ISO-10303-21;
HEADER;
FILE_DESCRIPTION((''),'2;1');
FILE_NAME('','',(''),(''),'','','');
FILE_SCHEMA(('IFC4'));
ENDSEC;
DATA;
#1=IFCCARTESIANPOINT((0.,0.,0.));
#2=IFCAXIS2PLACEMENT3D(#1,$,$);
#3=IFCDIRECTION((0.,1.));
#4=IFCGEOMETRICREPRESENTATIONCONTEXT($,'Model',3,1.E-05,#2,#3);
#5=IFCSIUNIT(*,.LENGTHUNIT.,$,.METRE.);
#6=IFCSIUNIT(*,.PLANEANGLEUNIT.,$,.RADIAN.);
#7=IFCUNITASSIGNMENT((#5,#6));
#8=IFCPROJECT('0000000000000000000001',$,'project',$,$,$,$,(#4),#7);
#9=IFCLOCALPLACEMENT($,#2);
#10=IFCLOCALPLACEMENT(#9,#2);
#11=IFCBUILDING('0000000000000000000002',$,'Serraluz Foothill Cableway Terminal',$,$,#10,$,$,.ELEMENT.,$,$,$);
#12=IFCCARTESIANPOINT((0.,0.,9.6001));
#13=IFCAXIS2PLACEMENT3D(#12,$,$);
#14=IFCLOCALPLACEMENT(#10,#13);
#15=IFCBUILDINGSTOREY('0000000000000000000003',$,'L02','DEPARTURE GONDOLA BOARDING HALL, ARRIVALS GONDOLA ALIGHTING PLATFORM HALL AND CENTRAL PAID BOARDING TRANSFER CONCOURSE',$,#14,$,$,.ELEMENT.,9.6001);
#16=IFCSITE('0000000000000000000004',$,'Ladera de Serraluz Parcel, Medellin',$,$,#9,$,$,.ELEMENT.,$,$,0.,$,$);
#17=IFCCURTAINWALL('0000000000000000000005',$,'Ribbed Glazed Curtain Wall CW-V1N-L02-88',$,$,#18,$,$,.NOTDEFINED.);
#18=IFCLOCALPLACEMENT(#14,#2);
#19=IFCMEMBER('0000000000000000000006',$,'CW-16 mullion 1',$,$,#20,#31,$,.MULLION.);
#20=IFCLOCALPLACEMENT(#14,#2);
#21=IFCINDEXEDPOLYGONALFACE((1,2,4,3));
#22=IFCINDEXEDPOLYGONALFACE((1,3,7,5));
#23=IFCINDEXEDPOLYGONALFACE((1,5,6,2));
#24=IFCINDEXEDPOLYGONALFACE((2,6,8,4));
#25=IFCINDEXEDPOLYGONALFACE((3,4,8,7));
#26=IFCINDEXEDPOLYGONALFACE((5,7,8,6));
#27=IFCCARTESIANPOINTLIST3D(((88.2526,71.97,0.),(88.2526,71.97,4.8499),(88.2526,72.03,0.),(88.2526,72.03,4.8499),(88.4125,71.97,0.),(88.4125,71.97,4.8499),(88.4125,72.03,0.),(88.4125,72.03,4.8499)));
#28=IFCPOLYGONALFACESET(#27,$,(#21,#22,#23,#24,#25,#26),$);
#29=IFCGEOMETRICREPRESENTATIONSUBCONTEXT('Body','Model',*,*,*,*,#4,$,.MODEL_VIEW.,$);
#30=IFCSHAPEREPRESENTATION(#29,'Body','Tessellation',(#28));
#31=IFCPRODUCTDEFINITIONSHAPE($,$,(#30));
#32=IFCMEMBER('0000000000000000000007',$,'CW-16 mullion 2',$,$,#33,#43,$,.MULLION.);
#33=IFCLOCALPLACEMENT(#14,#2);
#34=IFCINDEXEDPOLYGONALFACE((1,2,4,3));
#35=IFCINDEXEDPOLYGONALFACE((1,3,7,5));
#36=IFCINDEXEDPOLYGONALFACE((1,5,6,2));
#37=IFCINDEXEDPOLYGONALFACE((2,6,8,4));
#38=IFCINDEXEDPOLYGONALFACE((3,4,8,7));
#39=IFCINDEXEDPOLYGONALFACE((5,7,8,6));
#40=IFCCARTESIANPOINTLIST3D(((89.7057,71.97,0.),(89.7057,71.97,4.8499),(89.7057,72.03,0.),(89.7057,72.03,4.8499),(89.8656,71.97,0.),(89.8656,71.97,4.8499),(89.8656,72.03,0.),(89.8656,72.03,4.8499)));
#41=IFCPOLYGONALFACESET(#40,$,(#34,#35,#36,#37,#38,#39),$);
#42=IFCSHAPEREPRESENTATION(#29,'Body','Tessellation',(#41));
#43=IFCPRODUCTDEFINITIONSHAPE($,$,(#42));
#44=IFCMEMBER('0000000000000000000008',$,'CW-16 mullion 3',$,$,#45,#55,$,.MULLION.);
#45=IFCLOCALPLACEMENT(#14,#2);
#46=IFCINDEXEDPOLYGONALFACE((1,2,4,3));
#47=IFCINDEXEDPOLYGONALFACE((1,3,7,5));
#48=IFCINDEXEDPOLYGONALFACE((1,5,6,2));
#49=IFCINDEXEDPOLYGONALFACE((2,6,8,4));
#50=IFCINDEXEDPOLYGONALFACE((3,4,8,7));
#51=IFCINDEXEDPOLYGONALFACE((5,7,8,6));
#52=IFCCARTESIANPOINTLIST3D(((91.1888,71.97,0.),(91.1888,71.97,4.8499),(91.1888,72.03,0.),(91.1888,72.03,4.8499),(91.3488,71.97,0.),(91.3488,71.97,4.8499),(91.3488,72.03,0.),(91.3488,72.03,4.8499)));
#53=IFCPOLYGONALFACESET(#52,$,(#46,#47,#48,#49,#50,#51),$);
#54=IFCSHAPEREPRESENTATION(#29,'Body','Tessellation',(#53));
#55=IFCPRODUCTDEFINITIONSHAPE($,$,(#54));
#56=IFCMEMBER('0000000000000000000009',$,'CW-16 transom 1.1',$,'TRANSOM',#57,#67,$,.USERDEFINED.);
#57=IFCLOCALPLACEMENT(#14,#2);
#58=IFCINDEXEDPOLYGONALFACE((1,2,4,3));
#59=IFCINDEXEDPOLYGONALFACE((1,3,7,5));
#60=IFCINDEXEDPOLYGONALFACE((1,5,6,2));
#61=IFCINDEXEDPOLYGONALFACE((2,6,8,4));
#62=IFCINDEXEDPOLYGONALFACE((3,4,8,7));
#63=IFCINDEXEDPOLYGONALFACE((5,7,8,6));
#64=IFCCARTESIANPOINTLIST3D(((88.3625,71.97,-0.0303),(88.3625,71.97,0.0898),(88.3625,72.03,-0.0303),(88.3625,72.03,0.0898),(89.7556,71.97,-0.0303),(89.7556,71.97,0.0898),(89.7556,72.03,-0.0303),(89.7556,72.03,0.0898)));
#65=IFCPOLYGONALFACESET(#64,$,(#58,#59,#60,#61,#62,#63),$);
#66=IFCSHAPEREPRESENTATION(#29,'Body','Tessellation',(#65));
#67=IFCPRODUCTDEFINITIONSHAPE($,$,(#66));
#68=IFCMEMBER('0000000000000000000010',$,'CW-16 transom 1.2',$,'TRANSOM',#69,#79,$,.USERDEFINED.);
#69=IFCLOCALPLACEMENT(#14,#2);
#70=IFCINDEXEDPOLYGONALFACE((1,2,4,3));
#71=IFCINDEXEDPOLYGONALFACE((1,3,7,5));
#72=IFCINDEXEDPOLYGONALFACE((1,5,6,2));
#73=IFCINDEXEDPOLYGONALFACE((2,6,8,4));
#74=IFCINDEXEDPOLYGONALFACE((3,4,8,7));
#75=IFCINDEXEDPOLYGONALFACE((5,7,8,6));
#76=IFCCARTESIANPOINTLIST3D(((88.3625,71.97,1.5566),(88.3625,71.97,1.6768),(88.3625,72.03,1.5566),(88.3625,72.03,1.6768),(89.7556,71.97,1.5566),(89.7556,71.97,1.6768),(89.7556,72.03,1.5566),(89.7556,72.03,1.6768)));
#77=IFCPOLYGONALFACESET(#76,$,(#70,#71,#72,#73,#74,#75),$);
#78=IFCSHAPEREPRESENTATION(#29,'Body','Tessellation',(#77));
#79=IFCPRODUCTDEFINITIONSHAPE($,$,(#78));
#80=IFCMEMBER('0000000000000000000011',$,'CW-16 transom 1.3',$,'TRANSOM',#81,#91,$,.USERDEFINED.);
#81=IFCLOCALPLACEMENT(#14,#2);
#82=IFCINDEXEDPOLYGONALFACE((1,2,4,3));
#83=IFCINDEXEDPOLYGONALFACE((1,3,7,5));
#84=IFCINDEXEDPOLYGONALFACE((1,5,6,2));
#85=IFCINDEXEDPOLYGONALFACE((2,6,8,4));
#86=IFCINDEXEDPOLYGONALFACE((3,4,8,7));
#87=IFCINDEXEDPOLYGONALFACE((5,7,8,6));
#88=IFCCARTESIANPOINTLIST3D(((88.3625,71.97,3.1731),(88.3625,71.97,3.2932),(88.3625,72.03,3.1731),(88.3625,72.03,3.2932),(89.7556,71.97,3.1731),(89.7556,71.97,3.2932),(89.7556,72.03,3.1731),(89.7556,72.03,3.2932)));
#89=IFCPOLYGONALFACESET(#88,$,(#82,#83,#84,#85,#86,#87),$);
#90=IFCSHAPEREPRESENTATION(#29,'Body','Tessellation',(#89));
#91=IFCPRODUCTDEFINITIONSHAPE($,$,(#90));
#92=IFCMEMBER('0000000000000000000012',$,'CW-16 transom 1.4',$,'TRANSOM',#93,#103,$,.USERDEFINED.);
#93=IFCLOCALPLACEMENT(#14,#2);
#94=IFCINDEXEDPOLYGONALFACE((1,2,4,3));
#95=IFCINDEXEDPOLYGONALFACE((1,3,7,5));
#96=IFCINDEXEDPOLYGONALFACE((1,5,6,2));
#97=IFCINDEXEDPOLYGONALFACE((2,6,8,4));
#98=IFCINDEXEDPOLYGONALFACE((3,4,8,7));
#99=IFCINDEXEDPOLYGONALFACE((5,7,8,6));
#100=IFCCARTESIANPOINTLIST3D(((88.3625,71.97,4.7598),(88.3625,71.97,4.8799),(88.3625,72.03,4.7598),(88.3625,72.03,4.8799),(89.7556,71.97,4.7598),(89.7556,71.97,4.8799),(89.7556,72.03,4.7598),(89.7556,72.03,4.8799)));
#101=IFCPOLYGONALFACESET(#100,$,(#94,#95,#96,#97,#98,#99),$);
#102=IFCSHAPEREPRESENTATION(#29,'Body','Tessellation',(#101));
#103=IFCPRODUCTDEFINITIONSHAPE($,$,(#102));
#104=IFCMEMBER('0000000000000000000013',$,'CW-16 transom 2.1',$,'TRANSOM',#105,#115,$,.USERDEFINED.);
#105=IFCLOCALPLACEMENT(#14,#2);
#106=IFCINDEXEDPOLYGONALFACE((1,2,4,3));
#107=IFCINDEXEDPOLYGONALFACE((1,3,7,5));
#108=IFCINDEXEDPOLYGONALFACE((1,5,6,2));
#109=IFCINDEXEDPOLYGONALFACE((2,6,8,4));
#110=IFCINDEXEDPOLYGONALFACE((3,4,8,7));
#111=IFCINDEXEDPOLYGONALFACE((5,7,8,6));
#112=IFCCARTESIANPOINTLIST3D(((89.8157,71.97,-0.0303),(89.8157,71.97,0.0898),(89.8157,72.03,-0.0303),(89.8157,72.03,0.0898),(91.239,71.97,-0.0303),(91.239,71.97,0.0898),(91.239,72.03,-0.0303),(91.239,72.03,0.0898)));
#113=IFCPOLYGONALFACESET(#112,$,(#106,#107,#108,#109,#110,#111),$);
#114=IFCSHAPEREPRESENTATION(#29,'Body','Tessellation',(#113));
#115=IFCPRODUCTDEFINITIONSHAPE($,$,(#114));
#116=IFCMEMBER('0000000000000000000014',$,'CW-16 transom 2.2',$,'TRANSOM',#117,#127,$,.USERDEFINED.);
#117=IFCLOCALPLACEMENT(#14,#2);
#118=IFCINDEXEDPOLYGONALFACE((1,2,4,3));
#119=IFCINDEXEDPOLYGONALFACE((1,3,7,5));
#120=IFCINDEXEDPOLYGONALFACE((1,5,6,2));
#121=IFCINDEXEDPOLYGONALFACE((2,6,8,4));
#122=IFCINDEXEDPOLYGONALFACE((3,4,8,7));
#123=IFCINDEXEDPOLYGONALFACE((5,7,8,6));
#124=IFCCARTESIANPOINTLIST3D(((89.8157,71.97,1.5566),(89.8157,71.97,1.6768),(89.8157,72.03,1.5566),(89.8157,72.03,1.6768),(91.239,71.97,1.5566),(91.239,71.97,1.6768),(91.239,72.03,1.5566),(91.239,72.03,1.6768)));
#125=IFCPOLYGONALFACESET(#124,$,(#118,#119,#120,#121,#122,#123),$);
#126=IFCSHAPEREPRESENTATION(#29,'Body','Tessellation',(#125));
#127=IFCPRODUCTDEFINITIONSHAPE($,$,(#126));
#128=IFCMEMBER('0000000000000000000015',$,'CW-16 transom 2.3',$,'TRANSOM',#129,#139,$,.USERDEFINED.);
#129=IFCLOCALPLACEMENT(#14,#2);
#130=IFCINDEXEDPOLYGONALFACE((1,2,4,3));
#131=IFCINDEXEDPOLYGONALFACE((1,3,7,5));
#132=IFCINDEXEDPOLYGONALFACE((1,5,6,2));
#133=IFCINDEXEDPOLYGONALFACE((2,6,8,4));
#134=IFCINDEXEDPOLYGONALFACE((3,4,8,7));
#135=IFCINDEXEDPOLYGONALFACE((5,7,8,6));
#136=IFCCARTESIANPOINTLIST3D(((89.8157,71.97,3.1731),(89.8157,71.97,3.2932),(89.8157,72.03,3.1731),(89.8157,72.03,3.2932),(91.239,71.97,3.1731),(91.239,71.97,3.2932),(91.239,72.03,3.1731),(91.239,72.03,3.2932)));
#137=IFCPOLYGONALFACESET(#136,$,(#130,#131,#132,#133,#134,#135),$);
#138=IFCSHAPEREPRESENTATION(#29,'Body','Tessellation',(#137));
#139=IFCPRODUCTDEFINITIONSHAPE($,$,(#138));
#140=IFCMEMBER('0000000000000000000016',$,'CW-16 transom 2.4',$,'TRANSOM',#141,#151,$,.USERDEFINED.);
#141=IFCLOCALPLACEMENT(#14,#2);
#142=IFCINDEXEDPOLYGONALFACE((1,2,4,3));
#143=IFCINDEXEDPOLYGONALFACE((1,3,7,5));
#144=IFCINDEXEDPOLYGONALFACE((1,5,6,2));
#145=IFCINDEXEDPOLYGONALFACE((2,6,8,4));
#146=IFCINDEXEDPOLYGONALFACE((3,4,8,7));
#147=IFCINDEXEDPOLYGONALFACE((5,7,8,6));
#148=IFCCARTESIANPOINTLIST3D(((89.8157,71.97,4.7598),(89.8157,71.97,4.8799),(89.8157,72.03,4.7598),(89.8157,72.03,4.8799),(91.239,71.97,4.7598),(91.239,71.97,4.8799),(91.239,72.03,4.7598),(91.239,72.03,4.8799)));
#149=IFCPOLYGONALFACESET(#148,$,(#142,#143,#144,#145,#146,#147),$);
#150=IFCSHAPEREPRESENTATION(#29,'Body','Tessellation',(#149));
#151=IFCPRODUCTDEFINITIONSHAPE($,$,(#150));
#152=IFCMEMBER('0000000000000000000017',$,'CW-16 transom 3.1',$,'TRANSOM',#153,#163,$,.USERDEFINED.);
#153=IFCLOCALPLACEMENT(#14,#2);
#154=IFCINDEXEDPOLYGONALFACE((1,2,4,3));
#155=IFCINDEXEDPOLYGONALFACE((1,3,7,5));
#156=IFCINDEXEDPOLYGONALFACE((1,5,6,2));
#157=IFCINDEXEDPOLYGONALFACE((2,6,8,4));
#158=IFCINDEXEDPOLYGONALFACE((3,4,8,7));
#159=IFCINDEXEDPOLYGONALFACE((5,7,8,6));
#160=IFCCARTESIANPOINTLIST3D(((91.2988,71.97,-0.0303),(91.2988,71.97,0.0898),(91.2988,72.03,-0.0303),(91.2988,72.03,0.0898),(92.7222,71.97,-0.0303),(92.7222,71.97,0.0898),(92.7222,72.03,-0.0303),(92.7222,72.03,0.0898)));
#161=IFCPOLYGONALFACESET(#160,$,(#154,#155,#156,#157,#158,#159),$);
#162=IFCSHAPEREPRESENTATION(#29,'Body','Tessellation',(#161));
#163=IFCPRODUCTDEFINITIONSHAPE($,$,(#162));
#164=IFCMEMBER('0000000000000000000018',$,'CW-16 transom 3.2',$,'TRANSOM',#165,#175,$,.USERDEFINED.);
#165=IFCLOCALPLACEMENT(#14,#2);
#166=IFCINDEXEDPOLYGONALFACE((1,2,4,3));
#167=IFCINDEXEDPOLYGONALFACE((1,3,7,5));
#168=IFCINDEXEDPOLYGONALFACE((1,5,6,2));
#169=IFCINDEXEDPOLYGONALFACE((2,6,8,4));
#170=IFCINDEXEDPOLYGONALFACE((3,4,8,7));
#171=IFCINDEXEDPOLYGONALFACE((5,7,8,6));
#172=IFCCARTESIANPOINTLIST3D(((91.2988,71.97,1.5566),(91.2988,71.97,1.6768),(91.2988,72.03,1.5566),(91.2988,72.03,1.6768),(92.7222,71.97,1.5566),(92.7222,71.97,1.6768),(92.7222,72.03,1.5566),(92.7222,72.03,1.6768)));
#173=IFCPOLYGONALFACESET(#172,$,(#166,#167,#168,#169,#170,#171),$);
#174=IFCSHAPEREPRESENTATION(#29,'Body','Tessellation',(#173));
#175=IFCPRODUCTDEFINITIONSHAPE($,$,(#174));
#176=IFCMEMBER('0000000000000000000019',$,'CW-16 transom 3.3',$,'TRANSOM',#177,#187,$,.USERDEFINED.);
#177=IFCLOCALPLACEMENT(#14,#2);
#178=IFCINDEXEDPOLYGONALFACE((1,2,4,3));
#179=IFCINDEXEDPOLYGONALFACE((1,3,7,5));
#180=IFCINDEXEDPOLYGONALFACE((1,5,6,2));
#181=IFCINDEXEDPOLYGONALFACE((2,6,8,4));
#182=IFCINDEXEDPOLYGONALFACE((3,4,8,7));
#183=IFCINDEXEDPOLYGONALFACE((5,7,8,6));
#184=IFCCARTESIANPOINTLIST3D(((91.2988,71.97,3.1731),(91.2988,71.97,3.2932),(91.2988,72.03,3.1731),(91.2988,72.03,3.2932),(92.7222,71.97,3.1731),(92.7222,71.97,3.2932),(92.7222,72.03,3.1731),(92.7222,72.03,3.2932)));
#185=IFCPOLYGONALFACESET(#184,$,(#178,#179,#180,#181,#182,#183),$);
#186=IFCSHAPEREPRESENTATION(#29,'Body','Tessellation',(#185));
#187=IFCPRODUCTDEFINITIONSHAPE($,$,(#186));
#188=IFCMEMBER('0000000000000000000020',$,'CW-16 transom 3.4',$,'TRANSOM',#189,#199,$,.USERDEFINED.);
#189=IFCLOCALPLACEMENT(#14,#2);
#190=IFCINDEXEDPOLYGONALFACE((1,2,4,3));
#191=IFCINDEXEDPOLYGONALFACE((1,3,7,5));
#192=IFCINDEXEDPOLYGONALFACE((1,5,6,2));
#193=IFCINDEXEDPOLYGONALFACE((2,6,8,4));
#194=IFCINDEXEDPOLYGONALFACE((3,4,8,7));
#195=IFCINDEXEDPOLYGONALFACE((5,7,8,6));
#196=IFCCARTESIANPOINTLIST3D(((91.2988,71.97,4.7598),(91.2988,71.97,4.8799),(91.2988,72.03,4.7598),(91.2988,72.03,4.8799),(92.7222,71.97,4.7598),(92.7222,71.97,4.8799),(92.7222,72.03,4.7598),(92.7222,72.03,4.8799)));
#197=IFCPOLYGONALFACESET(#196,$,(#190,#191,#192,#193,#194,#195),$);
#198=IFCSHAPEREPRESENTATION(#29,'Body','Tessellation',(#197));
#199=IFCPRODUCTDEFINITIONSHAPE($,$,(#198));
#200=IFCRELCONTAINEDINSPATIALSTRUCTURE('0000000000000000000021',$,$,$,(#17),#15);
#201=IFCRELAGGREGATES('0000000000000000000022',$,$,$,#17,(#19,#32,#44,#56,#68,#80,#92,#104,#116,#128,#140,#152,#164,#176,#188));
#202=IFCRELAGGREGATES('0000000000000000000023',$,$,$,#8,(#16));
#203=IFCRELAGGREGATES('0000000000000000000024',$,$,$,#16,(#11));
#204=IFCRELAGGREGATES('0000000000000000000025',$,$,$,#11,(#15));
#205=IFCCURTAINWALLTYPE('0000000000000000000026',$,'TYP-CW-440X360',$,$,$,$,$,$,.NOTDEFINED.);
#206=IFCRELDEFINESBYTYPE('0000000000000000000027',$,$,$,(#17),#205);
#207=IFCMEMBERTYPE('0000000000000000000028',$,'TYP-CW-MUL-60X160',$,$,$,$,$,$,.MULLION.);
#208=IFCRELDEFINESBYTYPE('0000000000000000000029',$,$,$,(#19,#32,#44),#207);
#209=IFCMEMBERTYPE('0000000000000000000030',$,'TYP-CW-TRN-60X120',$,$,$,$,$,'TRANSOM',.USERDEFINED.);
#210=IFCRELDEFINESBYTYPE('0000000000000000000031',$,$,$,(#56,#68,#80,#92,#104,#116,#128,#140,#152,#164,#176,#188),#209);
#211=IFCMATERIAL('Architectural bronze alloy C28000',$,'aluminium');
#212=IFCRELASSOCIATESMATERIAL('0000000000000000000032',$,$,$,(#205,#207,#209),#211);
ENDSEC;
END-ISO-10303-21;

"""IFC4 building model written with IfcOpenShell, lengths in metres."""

from ifc_helpers import new_model, si_unit, direction, frame, origin, origin_2d, place, context, subcontext, project, spatial, rectangle, extrude, material, material_profile, profile_set, type_object, element, aggregate, save


model = new_model("IFC4")

# Units and contexts
model_context = context("Model", 3, precision=1e-05, world=origin(), true_north=direction((0.0, 1.0)))
body_context = subcontext(model_context, "Body", "Model", "MODEL_VIEW")
ifc_project = project(units=[si_unit("LENGTHUNIT", "METRE"), si_unit("PLANEANGLEUNIT", "RADIAN")], contexts=[model_context])

# Site, building, storey
site_placement = place(None, origin())
site = spatial("IfcSite", under=ifc_project, at=site_placement, Name="Ladera de Serraluz Parcel, Medellin", CompositionType="ELEMENT", RefElevation=0.0)
building_placement = place(site_placement, origin())
building = spatial("IfcBuilding", under=site, at=building_placement, Name="Serraluz Foothill Cableway Terminal", CompositionType="ELEMENT")
storey_placement = place(building_placement, frame((0.0, 0.0, 9.6001)))
storey = spatial("IfcBuildingStorey", under=building, at=storey_placement, Name="L02", Description="DEPARTURE GONDOLA BOARDING HALL, ARRIVALS GONDOLA ALIGHTING PLATFORM HALL AND CENTRAL PAID BOARDING TRANSFER CONCOURSE", CompositionType="ELEMENT", Elevation=9.6001)

# Curtain wall, members
ifc_material_1 = material(Name="Architectural bronze alloy C28000", Category="aluminium")
curtain_wall_type = type_object("IfcCurtainWallType", Name="TYP-CW-440X360", PredefinedType="NOTDEFINED", material=ifc_material_1)
curtain_wall_placement = place(storey_placement, origin())
curtain_wall = element("IfcCurtainWall", 1, at=curtain_wall_placement, inside=storey, type_object=curtain_wall_type, Name="Ribbed Glazed Curtain Wall CW-V1N-L02-88", PredefinedType="NOTDEFINED")
ifc_material_profile_1 = material_profile(ifc_material_1, rectangle(XDim=0.0601, YDim=0.1599, at=origin_2d()), Name="ALU MULLION 60x160")
ifc_profile_set_1 = profile_set([ifc_material_profile_1], Name="Architectural bronze alloy C28000")
member_type_1 = type_object("IfcMemberType", Name="TYP-CW-MUL-60X160", PredefinedType="MULLION", material=ifc_profile_set_1)
member_1_placement = place(storey_placement, frame((88.3325, 72.0, 0.0), z_axis=(0.0, 0.0, 1.0), x_axis=(0.0, 1.0, 0.0)))
member_1 = element("IfcMember", 2, at=member_1_placement, type_object=member_type_1, Name="CW-16 mullion 1", PredefinedType="MULLION", context=body_context, shape_type="SweptSolid", body=[
    extrude(rectangle(XDim=0.0601, YDim=0.1599, at=origin_2d()), origin(), (0.0, 0.0, 1.0), 4.8499),
])
member_2_placement = place(storey_placement, frame((89.7856, 72.0, 0.0), z_axis=(0.0, 0.0, 1.0), x_axis=(0.0, 1.0, 0.0)))
member_2 = element("IfcMember", 3, at=member_2_placement, type_object=member_type_1, Name="CW-16 mullion 2", PredefinedType="MULLION", context=body_context, shape_type="SweptSolid", body=[
    extrude(rectangle(XDim=0.0601, YDim=0.1599, at=origin_2d()), origin(), (0.0, 0.0, 1.0), 4.8499),
])
member_3_placement = place(storey_placement, frame((91.2688, 72.0, 0.0), z_axis=(0.0, 0.0, 1.0), x_axis=(0.0, 1.0, 0.0)))
member_3 = element("IfcMember", 4, at=member_3_placement, type_object=member_type_1, Name="CW-16 mullion 3", PredefinedType="MULLION", context=body_context, shape_type="SweptSolid", body=[
    extrude(rectangle(XDim=0.0601, YDim=0.1599, at=origin_2d()), origin(), (0.0, 0.0, 1.0), 4.8499),
])
ifc_material_profile_2 = material_profile(ifc_material_1, rectangle(XDim=0.0601, YDim=0.1201, at=origin_2d()), Name="ALU TRANSOM 60x120")
ifc_profile_set_2 = profile_set([ifc_material_profile_2], Name="Architectural bronze alloy C28000")
member_type_2 = type_object("IfcMemberType", Name="TYP-CW-TRN-60X120", ElementType="TRANSOM", PredefinedType="USERDEFINED", material=ifc_profile_set_2)
member_4_placement = place(storey_placement, frame((88.3625, 72.0, 0.0298), z_axis=(1.0, 0.0, 0.0), x_axis=(0.0, 1.0, 0.0)))
member_4 = element("IfcMember", 5, at=member_4_placement, type_object=member_type_2, Name="CW-16 transom 1.1", ObjectType="TRANSOM", PredefinedType="USERDEFINED", context=body_context, shape_type="SweptSolid", body=[
    extrude(rectangle(XDim=0.0601, YDim=0.1201, at=origin_2d()), origin(), (0.0, 0.0, 1.0), 1.3931),
])
member_5_placement = place(storey_placement, frame((88.3625, 72.0, 1.6167), z_axis=(1.0, 0.0, 0.0), x_axis=(0.0, 1.0, 0.0)))
member_5 = element("IfcMember", 6, at=member_5_placement, type_object=member_type_2, Name="CW-16 transom 1.2", ObjectType="TRANSOM", PredefinedType="USERDEFINED", context=body_context, shape_type="SweptSolid", body=[
    extrude(rectangle(XDim=0.0601, YDim=0.1201, at=origin_2d()), origin(), (0.0, 0.0, 1.0), 1.3931),
])
member_6_placement = place(storey_placement, frame((88.3625, 72.0, 3.2332), z_axis=(1.0, 0.0, 0.0), x_axis=(0.0, 1.0, 0.0)))
member_6 = element("IfcMember", 7, at=member_6_placement, type_object=member_type_2, Name="CW-16 transom 1.3", ObjectType="TRANSOM", PredefinedType="USERDEFINED", context=body_context, shape_type="SweptSolid", body=[
    extrude(rectangle(XDim=0.0601, YDim=0.1201, at=origin_2d()), origin(), (0.0, 0.0, 1.0), 1.3931),
])
member_7_placement = place(storey_placement, frame((88.3625, 72.0, 4.8198), z_axis=(1.0, 0.0, 0.0), x_axis=(0.0, 1.0, 0.0)))
member_7 = element("IfcMember", 8, at=member_7_placement, type_object=member_type_2, Name="CW-16 transom 1.4", ObjectType="TRANSOM", PredefinedType="USERDEFINED", context=body_context, shape_type="SweptSolid", body=[
    extrude(rectangle(XDim=0.0601, YDim=0.1201, at=origin_2d()), origin(), (0.0, 0.0, 1.0), 1.3931),
])
member_8_placement = place(storey_placement, frame((89.8157, 72.0, 0.0298), z_axis=(1.0, 0.0, 0.0), x_axis=(0.0, 1.0, 0.0)))
member_8 = element("IfcMember", 9, at=member_8_placement, type_object=member_type_2, Name="CW-16 transom 2.1", ObjectType="TRANSOM", PredefinedType="USERDEFINED", context=body_context, shape_type="SweptSolid", body=[
    extrude(rectangle(XDim=0.0601, YDim=0.1201, at=origin_2d()), origin(), (0.0, 0.0, 1.0), 1.4233),
])
member_9_placement = place(storey_placement, frame((89.8157, 72.0, 1.6167), z_axis=(1.0, 0.0, 0.0), x_axis=(0.0, 1.0, 0.0)))
member_9 = element("IfcMember", 10, at=member_9_placement, type_object=member_type_2, Name="CW-16 transom 2.2", ObjectType="TRANSOM", PredefinedType="USERDEFINED", context=body_context, shape_type="SweptSolid", body=[
    extrude(rectangle(XDim=0.0601, YDim=0.1201, at=origin_2d()), origin(), (0.0, 0.0, 1.0), 1.4233),
])
member_10_placement = place(storey_placement, frame((89.8157, 72.0, 3.2332), z_axis=(1.0, 0.0, 0.0), x_axis=(0.0, 1.0, 0.0)))
member_10 = element("IfcMember", 11, at=member_10_placement, type_object=member_type_2, Name="CW-16 transom 2.3", ObjectType="TRANSOM", PredefinedType="USERDEFINED", context=body_context, shape_type="SweptSolid", body=[
    extrude(rectangle(XDim=0.0601, YDim=0.1201, at=origin_2d()), origin(), (0.0, 0.0, 1.0), 1.4233),
])
member_11_placement = place(storey_placement, frame((89.8157, 72.0, 4.8198), z_axis=(1.0, 0.0, 0.0), x_axis=(0.0, 1.0, 0.0)))
member_11 = element("IfcMember", 12, at=member_11_placement, type_object=member_type_2, Name="CW-16 transom 2.4", ObjectType="TRANSOM", PredefinedType="USERDEFINED", context=body_context, shape_type="SweptSolid", body=[
    extrude(rectangle(XDim=0.0601, YDim=0.1201, at=origin_2d()), origin(), (0.0, 0.0, 1.0), 1.4233),
])
member_12_placement = place(storey_placement, frame((91.2988, 72.0, 0.0298), z_axis=(1.0, 0.0, 0.0), x_axis=(0.0, 1.0, 0.0)))
member_12 = element("IfcMember", 13, at=member_12_placement, type_object=member_type_2, Name="CW-16 transom 3.1", ObjectType="TRANSOM", PredefinedType="USERDEFINED", context=body_context, shape_type="SweptSolid", body=[
    extrude(rectangle(XDim=0.0601, YDim=0.1201, at=origin_2d()), origin(), (0.0, 0.0, 1.0), 1.4233),
])
member_13_placement = place(storey_placement, frame((91.2988, 72.0, 1.6167), z_axis=(1.0, 0.0, 0.0), x_axis=(0.0, 1.0, 0.0)))
member_13 = element("IfcMember", 14, at=member_13_placement, type_object=member_type_2, Name="CW-16 transom 3.2", ObjectType="TRANSOM", PredefinedType="USERDEFINED", context=body_context, shape_type="SweptSolid", body=[
    extrude(rectangle(XDim=0.0601, YDim=0.1201, at=origin_2d()), origin(), (0.0, 0.0, 1.0), 1.4233),
])
member_14_placement = place(storey_placement, frame((91.2988, 72.0, 3.2332), z_axis=(1.0, 0.0, 0.0), x_axis=(0.0, 1.0, 0.0)))
member_14 = element("IfcMember", 15, at=member_14_placement, type_object=member_type_2, Name="CW-16 transom 3.3", ObjectType="TRANSOM", PredefinedType="USERDEFINED", context=body_context, shape_type="SweptSolid", body=[
    extrude(rectangle(XDim=0.0601, YDim=0.1201, at=origin_2d()), origin(), (0.0, 0.0, 1.0), 1.4233),
])
member_15_placement = place(storey_placement, frame((91.2988, 72.0, 4.8198), z_axis=(1.0, 0.0, 0.0), x_axis=(0.0, 1.0, 0.0)))
member_15 = element("IfcMember", 16, at=member_15_placement, type_object=member_type_2, Name="CW-16 transom 3.4", ObjectType="TRANSOM", PredefinedType="USERDEFINED", context=body_context, shape_type="SweptSolid", body=[
    extrude(rectangle(XDim=0.0601, YDim=0.1201, at=origin_2d()), origin(), (0.0, 0.0, 1.0), 1.4233),
])

aggregate(curtain_wall, [member_1, member_2, member_3, member_4, member_5, member_6, member_7, member_8, member_9, member_10, member_11, member_12, member_13, member_14, member_15])

save(model, "model.ifc")
